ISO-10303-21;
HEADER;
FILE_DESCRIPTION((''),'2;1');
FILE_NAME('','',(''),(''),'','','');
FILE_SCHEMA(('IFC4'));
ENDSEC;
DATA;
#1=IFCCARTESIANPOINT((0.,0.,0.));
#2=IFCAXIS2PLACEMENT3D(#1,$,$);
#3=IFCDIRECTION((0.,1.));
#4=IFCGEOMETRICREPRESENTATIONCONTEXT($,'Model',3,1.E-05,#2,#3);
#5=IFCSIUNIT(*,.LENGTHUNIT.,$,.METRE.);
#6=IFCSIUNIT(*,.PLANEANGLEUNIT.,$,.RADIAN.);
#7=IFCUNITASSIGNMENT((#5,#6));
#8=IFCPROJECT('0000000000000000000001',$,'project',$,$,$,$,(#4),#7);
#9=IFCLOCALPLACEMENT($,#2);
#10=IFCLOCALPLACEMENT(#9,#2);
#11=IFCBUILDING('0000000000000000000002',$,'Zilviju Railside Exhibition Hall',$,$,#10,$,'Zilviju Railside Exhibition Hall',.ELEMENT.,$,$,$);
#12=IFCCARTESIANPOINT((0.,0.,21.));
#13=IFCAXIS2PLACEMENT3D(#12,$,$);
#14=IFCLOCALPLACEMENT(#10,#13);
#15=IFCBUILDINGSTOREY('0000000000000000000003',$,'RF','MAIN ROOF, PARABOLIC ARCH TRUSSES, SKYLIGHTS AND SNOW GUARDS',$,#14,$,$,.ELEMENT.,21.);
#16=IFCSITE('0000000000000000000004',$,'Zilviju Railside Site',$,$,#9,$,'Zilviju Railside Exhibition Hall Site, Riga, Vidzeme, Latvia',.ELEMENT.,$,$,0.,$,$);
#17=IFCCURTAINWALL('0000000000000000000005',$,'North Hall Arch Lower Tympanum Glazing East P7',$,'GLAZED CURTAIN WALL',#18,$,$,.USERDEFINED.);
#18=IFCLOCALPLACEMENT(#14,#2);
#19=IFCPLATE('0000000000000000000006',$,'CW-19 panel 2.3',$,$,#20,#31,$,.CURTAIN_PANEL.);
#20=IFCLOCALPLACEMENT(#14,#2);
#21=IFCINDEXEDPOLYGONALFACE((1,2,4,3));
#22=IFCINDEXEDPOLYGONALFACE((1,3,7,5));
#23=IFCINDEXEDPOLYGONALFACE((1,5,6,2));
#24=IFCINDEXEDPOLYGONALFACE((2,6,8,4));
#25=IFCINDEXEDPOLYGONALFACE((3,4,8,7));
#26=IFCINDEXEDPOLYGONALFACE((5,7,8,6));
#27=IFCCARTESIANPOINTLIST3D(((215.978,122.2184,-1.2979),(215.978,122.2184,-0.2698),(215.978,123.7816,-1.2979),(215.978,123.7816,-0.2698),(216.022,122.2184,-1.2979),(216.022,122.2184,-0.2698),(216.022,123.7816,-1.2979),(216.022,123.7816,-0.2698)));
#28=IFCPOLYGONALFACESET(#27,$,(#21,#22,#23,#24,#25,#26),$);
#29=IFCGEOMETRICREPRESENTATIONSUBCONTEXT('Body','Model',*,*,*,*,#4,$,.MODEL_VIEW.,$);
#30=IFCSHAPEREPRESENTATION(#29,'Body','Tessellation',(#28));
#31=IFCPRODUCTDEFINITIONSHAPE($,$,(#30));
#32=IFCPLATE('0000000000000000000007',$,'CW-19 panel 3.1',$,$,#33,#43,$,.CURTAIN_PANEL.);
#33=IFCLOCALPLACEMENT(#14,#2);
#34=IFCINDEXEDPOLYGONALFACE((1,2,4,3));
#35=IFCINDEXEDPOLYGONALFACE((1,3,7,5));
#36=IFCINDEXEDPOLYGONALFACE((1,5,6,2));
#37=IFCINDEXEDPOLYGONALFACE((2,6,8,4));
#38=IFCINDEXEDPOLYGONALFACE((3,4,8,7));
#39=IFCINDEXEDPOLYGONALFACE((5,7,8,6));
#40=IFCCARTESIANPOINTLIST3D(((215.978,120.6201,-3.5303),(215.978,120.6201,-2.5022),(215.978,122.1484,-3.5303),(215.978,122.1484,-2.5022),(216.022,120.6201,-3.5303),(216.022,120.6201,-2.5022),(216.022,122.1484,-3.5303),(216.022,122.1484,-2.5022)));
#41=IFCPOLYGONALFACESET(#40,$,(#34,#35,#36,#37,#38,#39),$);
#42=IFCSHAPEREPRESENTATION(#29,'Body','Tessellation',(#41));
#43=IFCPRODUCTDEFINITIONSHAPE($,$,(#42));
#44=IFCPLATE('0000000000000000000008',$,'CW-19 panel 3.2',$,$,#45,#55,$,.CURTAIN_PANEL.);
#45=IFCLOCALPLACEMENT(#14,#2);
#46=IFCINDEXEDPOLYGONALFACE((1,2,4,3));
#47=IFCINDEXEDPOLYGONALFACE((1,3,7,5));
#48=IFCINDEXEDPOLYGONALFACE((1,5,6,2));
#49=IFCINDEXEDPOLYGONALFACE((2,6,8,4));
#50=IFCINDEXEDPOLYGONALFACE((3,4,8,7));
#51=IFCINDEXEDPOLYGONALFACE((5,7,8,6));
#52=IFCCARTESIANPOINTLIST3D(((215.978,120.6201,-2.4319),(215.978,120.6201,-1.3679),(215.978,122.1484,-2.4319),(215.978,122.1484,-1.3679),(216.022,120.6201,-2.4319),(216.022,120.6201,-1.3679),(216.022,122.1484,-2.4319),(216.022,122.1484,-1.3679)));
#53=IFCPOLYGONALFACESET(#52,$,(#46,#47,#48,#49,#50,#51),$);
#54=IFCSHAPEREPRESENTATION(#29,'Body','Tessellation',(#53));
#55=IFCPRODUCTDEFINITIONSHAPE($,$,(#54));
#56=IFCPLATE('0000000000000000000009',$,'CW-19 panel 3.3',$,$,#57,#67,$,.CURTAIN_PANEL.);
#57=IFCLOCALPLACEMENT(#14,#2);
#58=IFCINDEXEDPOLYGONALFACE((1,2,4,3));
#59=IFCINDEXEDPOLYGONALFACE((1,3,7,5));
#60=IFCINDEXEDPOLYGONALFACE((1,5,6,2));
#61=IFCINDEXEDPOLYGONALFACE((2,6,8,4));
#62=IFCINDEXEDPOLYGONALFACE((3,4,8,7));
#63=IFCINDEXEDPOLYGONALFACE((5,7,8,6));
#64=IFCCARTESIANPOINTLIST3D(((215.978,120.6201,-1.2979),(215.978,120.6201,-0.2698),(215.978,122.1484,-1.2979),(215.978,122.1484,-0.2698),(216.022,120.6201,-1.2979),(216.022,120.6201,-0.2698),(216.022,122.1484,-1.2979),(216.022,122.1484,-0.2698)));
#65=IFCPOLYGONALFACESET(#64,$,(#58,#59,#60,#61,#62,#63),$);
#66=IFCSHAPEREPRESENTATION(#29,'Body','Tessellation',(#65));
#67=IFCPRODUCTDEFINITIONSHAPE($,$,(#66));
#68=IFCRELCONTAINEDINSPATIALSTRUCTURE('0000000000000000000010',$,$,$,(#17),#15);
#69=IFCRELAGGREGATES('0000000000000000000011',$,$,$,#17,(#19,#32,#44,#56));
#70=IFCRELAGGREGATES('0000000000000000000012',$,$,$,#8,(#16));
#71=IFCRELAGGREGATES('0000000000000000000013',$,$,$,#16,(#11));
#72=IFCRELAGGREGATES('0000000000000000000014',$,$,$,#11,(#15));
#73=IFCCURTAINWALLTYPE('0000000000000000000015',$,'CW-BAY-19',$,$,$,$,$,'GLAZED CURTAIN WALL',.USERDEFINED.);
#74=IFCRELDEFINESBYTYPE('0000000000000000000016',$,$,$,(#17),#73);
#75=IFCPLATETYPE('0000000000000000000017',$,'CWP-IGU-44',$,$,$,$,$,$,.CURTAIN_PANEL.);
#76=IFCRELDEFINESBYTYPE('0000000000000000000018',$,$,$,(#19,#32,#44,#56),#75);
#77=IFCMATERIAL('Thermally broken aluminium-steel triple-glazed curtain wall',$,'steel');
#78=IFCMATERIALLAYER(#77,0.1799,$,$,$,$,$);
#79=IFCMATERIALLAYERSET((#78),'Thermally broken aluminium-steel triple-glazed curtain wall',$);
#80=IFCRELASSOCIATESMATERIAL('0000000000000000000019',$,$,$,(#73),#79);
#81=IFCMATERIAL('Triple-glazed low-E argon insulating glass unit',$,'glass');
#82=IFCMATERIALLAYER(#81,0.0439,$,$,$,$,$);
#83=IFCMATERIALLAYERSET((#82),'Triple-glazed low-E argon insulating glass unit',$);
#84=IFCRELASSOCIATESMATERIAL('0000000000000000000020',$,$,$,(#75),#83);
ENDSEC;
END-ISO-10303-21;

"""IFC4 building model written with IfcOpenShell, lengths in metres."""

from ifc_helpers import new_model, si_unit, direction, frame, origin, origin_2d, place, context, subcontext, project, spatial, rectangle, extrude, material, layer, layer_set, type_object, element, aggregate, save


model = new_model("IFC4")

# Units and contexts
model_context = context("Model", 3, precision=1e-05, world=origin(), true_north=direction((0.0, 1.0)))
body_context = subcontext(model_context, "Body", "Model", "MODEL_VIEW")
ifc_project = project(units=[si_unit("LENGTHUNIT", "METRE"), si_unit("PLANEANGLEUNIT", "RADIAN")], contexts=[model_context])

# Site, building, storey
site_placement = place(None, origin())
site = spatial("IfcSite", under=ifc_project, at=site_placement, Name="Zilviju Railside Site", LongName="Zilviju Railside Exhibition Hall Site, Riga, Vidzeme, Latvia", CompositionType="ELEMENT", RefElevation=0.0)
building_placement = place(site_placement, origin())
building = spatial("IfcBuilding", under=site, at=building_placement, Name="Zilviju Railside Exhibition Hall", LongName="Zilviju Railside Exhibition Hall", CompositionType="ELEMENT")
storey_placement = place(building_placement, frame((0.0, 0.0, 21.0)))
storey = spatial("IfcBuildingStorey", under=building, at=storey_placement, Name="RF", Description="MAIN ROOF, PARABOLIC ARCH TRUSSES, SKYLIGHTS AND SNOW GUARDS", CompositionType="ELEMENT", Elevation=21.0)

# Curtain wall
ifc_material_1 = material(Name="Thermally broken aluminium-steel triple-glazed curtain wall", Category="steel")
ifc_layer_1 = layer(ifc_material_1, 0.1799)
ifc_layer_set_1 = layer_set([ifc_layer_1], Name="Thermally broken aluminium-steel triple-glazed curtain wall")
curtain_wall_type_1 = type_object("IfcCurtainWallType", Name="CW-BAY-19", ElementType="GLAZED CURTAIN WALL", PredefinedType="USERDEFINED", material=ifc_layer_set_1)
curtain_wall_1_placement = place(storey_placement, origin())
curtain_wall_1 = element("IfcCurtainWall", 1, at=curtain_wall_1_placement, inside=storey, type_object=curtain_wall_type_1, Name="North Hall Arch Lower Tympanum Glazing East P7", ObjectType="GLAZED CURTAIN WALL", PredefinedType="USERDEFINED")

# Plates
ifc_material_2 = material(Name="Triple-glazed low-E argon insulating glass unit", Category="glass")
ifc_layer_2 = layer(ifc_material_2, 0.0439)
ifc_layer_set_2 = layer_set([ifc_layer_2], Name="Triple-glazed low-E argon insulating glass unit")
plate_type_1 = type_object("IfcPlateType", Name="CWP-IGU-44", PredefinedType="CURTAIN_PANEL", material=ifc_layer_set_2)
plate_1_placement = place(storey_placement, frame((216.0, 123.0, -1.2979), z_axis=(0.0, 0.0, 1.0), x_axis=(0.0, -1.0, 0.0)))
plate_1 = element("IfcPlate", 2, at=plate_1_placement, type_object=plate_type_1, Name="CW-19 panel 2.3", PredefinedType="CURTAIN_PANEL", context=body_context, shape_type="SweptSolid", body=[
    extrude(rectangle(XDim=1.5632, YDim=0.0439, at=origin_2d()), origin(), (0.0, 0.0, 1.0), 1.0281),
])
plate_2_placement = place(storey_placement, frame((216.0, 121.3843, -3.5303), z_axis=(0.0, 0.0, 1.0), x_axis=(0.0, -1.0, 0.0)))
plate_2 = element("IfcPlate", 3, at=plate_2_placement, type_object=plate_type_1, Name="CW-19 panel 3.1", PredefinedType="CURTAIN_PANEL", context=body_context, shape_type="SweptSolid", body=[
    extrude(rectangle(XDim=1.5283, YDim=0.0439, at=origin_2d()), origin(), (0.0, 0.0, 1.0), 1.0281),
])
plate_3_placement = place(storey_placement, frame((216.0, 121.3843, -2.4319), z_axis=(0.0, 0.0, 1.0), x_axis=(0.0, -1.0, 0.0)))
plate_3 = element("IfcPlate", 4, at=plate_3_placement, type_object=plate_type_1, Name="CW-19 panel 3.2", PredefinedType="CURTAIN_PANEL", context=body_context, shape_type="SweptSolid", body=[
    extrude(rectangle(XDim=1.5283, YDim=0.0439, at=origin_2d()), origin(), (0.0, 0.0, 1.0), 1.064),
])
plate_4_placement = place(storey_placement, frame((216.0, 121.3843, -1.2979), z_axis=(0.0, 0.0, 1.0), x_axis=(0.0, -1.0, 0.0)))
plate_4 = element("IfcPlate", 5, at=plate_4_placement, type_object=plate_type_1, Name="CW-19 panel 3.3", PredefinedType="CURTAIN_PANEL", context=body_context, shape_type="SweptSolid", body=[
    extrude(rectangle(XDim=1.5283, YDim=0.0439, at=origin_2d()), origin(), (0.0, 0.0, 1.0), 1.0281),
])
aggregate(curtain_wall_1, [plate_1, plate_2, plate_3, plate_4])

save(model, "model.ifc")
